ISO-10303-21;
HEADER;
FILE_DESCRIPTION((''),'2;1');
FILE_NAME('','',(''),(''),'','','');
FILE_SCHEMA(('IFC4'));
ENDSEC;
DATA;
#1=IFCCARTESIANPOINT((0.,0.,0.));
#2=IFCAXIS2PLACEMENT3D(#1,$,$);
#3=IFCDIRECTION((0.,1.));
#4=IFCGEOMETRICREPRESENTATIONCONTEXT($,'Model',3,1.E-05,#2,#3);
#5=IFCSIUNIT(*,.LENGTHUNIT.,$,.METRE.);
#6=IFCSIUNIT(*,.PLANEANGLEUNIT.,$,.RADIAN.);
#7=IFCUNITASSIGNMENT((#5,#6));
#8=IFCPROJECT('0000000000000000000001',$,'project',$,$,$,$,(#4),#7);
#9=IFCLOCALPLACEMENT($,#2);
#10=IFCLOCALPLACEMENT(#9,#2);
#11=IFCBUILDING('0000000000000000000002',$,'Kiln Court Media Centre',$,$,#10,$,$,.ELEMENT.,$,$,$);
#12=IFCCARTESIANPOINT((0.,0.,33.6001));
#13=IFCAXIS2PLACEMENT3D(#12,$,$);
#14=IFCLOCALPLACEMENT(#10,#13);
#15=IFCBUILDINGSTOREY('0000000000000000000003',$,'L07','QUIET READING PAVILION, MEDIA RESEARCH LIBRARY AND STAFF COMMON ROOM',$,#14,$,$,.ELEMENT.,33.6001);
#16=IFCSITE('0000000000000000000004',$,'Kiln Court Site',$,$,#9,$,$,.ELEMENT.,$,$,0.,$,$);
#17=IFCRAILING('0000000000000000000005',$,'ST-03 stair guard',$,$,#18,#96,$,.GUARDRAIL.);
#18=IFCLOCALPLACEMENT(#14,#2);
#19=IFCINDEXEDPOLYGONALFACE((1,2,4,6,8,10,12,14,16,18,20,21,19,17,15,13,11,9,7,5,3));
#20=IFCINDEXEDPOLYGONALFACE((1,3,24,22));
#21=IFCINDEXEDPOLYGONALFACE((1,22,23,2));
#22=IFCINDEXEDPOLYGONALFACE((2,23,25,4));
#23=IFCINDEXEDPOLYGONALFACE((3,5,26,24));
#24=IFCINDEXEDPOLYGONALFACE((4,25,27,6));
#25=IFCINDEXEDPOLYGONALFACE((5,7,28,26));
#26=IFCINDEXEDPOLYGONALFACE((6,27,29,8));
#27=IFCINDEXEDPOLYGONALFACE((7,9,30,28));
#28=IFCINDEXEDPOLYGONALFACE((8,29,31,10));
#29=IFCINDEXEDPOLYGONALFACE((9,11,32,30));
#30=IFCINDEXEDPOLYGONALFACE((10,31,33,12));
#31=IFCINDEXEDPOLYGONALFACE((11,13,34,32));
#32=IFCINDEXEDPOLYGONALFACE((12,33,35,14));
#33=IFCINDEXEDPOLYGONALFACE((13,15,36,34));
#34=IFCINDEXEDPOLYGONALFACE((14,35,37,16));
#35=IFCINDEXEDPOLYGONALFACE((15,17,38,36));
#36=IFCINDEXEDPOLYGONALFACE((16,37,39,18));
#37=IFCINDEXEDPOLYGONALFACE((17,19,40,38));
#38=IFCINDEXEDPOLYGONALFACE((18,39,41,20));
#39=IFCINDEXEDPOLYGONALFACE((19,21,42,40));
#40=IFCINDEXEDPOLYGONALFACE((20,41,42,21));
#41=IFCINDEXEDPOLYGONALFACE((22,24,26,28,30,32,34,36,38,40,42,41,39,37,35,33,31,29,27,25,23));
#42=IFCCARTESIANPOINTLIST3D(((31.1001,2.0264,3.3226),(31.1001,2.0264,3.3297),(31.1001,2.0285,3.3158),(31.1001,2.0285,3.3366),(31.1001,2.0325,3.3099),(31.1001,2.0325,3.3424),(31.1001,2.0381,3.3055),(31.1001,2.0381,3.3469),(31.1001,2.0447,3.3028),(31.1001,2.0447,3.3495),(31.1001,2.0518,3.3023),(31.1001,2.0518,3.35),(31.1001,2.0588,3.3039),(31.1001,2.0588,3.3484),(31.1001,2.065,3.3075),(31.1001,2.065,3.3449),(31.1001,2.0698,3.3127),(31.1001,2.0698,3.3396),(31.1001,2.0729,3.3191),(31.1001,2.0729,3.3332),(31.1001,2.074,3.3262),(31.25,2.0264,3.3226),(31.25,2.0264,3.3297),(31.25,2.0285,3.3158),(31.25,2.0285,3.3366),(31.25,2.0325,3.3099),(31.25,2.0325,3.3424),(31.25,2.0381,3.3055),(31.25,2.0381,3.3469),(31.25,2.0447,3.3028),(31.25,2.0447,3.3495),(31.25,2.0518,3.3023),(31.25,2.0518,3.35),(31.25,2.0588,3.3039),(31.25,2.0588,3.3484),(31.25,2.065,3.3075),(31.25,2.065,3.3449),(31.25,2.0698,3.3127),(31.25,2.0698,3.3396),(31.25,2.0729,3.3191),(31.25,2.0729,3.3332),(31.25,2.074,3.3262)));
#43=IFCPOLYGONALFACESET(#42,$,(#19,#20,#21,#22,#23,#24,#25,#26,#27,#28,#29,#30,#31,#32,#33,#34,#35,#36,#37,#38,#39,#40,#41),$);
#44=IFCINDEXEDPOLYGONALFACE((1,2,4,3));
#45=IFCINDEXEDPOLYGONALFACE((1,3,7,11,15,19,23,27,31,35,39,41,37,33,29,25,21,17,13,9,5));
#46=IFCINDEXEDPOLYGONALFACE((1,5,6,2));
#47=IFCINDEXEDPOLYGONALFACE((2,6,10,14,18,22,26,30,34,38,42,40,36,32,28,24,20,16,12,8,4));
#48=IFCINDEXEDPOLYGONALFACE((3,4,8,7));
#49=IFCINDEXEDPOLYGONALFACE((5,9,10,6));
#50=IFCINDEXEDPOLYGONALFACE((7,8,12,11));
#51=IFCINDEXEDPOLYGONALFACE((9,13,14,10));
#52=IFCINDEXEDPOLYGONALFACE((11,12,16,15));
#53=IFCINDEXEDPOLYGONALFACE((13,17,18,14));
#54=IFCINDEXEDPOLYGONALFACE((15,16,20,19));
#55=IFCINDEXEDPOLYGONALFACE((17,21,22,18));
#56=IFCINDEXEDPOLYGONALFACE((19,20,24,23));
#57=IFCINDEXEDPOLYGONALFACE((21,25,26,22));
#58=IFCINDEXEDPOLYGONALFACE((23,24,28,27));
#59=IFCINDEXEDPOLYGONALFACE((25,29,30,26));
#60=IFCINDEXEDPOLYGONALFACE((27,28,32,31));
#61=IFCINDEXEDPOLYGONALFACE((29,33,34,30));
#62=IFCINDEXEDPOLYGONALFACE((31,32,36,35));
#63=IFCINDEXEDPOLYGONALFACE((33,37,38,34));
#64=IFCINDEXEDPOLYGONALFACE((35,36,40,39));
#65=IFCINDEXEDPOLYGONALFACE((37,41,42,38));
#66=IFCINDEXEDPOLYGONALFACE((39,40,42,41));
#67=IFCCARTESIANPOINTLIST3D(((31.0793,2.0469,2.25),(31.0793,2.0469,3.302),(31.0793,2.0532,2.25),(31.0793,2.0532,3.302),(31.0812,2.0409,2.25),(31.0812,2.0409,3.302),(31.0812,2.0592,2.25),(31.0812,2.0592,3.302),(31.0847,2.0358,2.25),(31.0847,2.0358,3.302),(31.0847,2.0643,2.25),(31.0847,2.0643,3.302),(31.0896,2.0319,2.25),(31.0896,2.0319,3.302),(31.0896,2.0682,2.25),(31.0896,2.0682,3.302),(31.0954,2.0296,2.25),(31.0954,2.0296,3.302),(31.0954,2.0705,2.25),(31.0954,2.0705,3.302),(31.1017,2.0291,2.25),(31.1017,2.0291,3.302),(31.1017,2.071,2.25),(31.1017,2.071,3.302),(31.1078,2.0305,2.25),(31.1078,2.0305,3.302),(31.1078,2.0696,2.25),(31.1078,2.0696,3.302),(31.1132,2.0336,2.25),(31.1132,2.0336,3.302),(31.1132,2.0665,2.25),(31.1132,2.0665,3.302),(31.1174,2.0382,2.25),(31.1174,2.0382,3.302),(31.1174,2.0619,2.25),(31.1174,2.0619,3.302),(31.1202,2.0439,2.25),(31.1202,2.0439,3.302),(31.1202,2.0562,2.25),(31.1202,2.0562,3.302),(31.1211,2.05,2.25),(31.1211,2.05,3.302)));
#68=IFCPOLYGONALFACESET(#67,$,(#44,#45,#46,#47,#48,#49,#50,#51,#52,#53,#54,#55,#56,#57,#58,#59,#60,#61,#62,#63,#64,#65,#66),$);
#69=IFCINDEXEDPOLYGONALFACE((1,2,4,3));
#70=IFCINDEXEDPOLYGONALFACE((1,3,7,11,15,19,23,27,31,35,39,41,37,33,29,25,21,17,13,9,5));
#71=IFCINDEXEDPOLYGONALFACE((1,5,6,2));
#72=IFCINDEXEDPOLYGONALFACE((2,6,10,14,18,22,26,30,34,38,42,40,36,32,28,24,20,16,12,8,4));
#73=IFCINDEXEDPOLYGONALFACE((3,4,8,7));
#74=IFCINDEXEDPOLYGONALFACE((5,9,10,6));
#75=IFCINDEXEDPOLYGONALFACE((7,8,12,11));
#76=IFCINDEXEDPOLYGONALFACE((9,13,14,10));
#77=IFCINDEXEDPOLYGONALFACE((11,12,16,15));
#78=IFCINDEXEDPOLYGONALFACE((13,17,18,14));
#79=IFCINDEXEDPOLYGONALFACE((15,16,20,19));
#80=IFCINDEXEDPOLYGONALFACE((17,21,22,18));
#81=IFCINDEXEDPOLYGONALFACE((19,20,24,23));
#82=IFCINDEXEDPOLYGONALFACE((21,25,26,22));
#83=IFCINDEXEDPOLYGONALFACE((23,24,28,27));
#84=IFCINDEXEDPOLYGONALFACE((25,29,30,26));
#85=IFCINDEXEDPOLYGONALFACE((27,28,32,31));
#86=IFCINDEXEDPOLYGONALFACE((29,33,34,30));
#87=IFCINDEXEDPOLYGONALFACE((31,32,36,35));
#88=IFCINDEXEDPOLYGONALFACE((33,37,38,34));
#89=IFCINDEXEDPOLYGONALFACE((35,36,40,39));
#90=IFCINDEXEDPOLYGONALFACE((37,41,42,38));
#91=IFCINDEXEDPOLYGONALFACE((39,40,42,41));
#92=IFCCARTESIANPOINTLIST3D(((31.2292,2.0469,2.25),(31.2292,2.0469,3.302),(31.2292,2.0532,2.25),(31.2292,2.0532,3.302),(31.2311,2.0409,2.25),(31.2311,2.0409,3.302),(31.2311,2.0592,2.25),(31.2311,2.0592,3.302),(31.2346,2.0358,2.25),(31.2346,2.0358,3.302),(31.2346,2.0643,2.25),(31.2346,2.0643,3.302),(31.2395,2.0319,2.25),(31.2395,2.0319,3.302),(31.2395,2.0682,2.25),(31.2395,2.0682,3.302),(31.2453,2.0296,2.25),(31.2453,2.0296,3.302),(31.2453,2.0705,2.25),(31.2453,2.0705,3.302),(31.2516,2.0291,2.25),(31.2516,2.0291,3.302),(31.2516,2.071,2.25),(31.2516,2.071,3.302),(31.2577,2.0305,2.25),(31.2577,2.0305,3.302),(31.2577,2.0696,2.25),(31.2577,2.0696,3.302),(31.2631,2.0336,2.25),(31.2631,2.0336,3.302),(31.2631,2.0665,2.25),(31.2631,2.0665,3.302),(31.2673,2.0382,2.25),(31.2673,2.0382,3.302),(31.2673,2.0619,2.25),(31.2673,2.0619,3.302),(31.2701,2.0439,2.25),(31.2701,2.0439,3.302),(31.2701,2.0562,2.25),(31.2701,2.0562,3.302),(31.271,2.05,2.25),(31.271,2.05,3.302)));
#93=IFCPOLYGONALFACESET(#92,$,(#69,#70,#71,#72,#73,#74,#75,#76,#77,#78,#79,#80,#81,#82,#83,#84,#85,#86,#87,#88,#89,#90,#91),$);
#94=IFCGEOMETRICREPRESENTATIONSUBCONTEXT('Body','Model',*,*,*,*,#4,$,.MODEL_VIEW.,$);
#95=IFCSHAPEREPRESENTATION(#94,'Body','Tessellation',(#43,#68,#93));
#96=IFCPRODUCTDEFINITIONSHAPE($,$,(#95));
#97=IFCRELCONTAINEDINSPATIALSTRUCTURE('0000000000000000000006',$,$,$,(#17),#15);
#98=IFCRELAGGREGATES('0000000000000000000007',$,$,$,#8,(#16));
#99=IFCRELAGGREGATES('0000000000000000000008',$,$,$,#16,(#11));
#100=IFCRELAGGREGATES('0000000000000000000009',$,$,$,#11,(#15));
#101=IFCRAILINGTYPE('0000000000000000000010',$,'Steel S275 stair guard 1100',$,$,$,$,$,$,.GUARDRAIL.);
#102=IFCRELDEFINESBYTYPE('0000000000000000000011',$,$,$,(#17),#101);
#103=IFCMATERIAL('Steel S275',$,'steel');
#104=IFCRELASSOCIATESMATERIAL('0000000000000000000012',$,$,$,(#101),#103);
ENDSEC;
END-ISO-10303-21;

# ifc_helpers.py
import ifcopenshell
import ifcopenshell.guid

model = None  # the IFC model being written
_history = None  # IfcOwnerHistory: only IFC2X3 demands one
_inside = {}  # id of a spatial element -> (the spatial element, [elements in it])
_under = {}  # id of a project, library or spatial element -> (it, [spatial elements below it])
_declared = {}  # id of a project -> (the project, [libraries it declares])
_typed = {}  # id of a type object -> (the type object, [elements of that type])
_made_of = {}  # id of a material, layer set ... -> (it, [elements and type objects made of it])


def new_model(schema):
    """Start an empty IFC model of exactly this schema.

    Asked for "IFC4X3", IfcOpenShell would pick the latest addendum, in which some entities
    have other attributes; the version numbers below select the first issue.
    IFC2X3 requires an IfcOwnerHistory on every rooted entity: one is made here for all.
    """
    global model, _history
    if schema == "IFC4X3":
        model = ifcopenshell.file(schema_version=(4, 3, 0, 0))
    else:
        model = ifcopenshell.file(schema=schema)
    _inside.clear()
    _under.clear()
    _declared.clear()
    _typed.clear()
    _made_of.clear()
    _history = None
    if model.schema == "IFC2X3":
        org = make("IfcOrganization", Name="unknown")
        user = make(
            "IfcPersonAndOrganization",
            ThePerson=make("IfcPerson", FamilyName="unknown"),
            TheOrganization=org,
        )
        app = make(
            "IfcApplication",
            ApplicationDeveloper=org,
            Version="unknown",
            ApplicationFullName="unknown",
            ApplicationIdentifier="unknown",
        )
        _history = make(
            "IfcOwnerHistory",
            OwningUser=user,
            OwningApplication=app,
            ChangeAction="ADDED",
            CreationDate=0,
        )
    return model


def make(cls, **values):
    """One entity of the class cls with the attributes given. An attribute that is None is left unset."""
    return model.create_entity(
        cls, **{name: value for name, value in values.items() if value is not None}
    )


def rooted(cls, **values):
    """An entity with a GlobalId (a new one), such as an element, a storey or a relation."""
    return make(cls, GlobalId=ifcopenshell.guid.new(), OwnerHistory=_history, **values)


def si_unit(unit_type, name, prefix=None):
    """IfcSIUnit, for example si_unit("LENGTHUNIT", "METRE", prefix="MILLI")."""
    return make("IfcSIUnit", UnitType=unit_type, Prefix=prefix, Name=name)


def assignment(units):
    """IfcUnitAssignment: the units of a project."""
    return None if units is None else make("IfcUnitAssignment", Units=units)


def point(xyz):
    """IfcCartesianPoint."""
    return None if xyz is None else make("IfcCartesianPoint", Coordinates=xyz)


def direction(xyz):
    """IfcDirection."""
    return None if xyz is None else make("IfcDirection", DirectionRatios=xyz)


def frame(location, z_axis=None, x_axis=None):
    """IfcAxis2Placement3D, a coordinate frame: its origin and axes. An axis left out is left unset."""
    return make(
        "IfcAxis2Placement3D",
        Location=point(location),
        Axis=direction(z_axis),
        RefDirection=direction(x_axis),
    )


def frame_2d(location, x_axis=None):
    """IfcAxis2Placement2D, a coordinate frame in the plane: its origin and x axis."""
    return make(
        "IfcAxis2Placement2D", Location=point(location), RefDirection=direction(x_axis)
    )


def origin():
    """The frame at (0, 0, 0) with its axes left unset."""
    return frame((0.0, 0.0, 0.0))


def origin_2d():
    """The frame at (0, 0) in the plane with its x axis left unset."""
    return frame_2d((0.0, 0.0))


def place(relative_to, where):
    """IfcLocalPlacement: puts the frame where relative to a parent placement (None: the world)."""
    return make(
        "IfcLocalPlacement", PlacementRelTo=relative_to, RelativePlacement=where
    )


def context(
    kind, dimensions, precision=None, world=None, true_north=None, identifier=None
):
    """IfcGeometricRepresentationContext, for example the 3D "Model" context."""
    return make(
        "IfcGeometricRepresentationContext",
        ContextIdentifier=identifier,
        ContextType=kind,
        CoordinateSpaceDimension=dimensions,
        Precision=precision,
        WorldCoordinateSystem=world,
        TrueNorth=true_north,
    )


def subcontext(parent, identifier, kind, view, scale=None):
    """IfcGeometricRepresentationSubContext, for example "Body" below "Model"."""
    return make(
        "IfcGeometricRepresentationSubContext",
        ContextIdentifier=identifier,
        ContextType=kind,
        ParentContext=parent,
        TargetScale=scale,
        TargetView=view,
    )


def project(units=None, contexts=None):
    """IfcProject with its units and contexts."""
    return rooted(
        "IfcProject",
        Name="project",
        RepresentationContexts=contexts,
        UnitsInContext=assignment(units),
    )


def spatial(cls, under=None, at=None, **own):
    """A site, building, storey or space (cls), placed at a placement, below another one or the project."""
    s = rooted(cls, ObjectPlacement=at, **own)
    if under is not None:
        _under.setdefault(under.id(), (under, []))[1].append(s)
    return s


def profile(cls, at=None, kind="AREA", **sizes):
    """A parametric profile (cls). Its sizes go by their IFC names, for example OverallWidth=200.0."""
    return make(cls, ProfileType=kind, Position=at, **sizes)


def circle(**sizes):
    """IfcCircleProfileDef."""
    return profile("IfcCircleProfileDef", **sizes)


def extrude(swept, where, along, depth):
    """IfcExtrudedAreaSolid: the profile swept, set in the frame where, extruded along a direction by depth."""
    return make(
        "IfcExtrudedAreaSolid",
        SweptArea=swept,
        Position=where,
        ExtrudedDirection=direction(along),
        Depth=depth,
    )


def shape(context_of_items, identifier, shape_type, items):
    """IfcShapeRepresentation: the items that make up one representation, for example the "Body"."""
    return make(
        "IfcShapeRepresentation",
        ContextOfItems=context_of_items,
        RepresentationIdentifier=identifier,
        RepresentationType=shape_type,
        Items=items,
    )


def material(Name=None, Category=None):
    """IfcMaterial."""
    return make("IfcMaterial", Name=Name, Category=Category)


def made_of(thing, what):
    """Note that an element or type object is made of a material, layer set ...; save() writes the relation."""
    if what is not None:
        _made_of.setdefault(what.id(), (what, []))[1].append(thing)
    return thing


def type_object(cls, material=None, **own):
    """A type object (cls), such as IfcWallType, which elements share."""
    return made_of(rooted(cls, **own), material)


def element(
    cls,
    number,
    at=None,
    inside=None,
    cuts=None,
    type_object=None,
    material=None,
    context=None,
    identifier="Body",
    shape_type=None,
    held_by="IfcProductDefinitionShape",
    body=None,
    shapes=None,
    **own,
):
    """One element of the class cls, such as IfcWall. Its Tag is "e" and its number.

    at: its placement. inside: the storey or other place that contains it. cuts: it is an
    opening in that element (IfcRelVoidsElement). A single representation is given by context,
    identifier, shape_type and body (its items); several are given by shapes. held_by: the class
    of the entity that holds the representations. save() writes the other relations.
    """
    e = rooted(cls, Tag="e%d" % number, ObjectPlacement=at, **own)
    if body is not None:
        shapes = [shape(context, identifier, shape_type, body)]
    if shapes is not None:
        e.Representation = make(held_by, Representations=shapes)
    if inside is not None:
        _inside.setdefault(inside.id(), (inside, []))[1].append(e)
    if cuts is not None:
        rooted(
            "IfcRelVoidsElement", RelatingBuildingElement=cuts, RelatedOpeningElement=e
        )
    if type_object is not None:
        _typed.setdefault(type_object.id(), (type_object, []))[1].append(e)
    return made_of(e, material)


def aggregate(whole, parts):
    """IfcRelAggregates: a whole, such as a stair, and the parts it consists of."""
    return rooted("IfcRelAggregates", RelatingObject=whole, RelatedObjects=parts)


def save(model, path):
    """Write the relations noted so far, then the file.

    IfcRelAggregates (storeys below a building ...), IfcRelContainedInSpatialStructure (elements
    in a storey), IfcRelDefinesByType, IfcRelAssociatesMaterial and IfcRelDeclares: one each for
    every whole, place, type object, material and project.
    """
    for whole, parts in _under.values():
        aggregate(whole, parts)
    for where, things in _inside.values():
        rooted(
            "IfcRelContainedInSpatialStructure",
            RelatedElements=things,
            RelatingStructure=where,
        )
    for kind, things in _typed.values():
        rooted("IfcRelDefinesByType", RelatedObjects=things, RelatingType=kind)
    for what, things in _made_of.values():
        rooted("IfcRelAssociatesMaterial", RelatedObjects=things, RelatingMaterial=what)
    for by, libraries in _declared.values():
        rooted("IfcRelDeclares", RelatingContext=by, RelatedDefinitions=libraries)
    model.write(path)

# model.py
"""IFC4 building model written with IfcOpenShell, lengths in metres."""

from ifc_helpers import new_model, si_unit, direction, frame, origin, origin_2d, place, context, subcontext, project, spatial, circle, extrude, material, type_object, element, save


model = new_model("IFC4")

# Units and contexts
model_context = context("Model", 3, precision=1e-05, world=origin(), true_north=direction((0.0, 1.0)))
body_context = subcontext(model_context, "Body", "Model", "MODEL_VIEW")
ifc_project = project(units=[si_unit("LENGTHUNIT", "METRE"), si_unit("PLANEANGLEUNIT", "RADIAN")], contexts=[model_context])

# Site, building, storey
site_placement = place(None, origin())
site = spatial("IfcSite", under=ifc_project, at=site_placement, Name="Kiln Court Site", CompositionType="ELEMENT", RefElevation=0.0)
building_placement = place(site_placement, origin())
building = spatial("IfcBuilding", under=site, at=building_placement, Name="Kiln Court Media Centre", CompositionType="ELEMENT")
storey_placement = place(building_placement, frame((0.0, 0.0, 33.6001)))
storey = spatial("IfcBuildingStorey", under=building, at=storey_placement, Name="L07", Description="QUIET READING PAVILION, MEDIA RESEARCH LIBRARY AND STAFF COMMON ROOM", CompositionType="ELEMENT", Elevation=33.6001)

# Railing
ifc_material_1 = material(Name="Steel S275", Category="steel")
railing_type_1 = type_object("IfcRailingType", Name="Steel S275 stair guard 1100", PredefinedType="GUARDRAIL", material=ifc_material_1)
railing_1_placement = place(storey_placement, frame((31.1001, 2.05, 2.25)))
element("IfcRailing", 1, at=railing_1_placement, inside=storey, type_object=railing_type_1, Name="ST-03 stair guard", PredefinedType="GUARDRAIL", context=body_context, shape_type="SweptSolid", body=[
    extrude(circle(Radius=0.0239, at=origin_2d()), frame((0.0, 0.0, 1.0762), z_axis=(1.0, 0.0, 0.0), x_axis=(0.0, 1.0, 0.0)), (0.0, 0.0, 1.0), 0.1499),
    extrude(circle(Radius=0.021, at=origin_2d()), origin(), (0.0, 0.0, 1.0), 1.052),
    extrude(circle(Radius=0.021, at=origin_2d()), frame((0.1499, 0.0, 0.0)), (0.0, 0.0, 1.0), 1.052),
])

save(model, "model.ifc")
